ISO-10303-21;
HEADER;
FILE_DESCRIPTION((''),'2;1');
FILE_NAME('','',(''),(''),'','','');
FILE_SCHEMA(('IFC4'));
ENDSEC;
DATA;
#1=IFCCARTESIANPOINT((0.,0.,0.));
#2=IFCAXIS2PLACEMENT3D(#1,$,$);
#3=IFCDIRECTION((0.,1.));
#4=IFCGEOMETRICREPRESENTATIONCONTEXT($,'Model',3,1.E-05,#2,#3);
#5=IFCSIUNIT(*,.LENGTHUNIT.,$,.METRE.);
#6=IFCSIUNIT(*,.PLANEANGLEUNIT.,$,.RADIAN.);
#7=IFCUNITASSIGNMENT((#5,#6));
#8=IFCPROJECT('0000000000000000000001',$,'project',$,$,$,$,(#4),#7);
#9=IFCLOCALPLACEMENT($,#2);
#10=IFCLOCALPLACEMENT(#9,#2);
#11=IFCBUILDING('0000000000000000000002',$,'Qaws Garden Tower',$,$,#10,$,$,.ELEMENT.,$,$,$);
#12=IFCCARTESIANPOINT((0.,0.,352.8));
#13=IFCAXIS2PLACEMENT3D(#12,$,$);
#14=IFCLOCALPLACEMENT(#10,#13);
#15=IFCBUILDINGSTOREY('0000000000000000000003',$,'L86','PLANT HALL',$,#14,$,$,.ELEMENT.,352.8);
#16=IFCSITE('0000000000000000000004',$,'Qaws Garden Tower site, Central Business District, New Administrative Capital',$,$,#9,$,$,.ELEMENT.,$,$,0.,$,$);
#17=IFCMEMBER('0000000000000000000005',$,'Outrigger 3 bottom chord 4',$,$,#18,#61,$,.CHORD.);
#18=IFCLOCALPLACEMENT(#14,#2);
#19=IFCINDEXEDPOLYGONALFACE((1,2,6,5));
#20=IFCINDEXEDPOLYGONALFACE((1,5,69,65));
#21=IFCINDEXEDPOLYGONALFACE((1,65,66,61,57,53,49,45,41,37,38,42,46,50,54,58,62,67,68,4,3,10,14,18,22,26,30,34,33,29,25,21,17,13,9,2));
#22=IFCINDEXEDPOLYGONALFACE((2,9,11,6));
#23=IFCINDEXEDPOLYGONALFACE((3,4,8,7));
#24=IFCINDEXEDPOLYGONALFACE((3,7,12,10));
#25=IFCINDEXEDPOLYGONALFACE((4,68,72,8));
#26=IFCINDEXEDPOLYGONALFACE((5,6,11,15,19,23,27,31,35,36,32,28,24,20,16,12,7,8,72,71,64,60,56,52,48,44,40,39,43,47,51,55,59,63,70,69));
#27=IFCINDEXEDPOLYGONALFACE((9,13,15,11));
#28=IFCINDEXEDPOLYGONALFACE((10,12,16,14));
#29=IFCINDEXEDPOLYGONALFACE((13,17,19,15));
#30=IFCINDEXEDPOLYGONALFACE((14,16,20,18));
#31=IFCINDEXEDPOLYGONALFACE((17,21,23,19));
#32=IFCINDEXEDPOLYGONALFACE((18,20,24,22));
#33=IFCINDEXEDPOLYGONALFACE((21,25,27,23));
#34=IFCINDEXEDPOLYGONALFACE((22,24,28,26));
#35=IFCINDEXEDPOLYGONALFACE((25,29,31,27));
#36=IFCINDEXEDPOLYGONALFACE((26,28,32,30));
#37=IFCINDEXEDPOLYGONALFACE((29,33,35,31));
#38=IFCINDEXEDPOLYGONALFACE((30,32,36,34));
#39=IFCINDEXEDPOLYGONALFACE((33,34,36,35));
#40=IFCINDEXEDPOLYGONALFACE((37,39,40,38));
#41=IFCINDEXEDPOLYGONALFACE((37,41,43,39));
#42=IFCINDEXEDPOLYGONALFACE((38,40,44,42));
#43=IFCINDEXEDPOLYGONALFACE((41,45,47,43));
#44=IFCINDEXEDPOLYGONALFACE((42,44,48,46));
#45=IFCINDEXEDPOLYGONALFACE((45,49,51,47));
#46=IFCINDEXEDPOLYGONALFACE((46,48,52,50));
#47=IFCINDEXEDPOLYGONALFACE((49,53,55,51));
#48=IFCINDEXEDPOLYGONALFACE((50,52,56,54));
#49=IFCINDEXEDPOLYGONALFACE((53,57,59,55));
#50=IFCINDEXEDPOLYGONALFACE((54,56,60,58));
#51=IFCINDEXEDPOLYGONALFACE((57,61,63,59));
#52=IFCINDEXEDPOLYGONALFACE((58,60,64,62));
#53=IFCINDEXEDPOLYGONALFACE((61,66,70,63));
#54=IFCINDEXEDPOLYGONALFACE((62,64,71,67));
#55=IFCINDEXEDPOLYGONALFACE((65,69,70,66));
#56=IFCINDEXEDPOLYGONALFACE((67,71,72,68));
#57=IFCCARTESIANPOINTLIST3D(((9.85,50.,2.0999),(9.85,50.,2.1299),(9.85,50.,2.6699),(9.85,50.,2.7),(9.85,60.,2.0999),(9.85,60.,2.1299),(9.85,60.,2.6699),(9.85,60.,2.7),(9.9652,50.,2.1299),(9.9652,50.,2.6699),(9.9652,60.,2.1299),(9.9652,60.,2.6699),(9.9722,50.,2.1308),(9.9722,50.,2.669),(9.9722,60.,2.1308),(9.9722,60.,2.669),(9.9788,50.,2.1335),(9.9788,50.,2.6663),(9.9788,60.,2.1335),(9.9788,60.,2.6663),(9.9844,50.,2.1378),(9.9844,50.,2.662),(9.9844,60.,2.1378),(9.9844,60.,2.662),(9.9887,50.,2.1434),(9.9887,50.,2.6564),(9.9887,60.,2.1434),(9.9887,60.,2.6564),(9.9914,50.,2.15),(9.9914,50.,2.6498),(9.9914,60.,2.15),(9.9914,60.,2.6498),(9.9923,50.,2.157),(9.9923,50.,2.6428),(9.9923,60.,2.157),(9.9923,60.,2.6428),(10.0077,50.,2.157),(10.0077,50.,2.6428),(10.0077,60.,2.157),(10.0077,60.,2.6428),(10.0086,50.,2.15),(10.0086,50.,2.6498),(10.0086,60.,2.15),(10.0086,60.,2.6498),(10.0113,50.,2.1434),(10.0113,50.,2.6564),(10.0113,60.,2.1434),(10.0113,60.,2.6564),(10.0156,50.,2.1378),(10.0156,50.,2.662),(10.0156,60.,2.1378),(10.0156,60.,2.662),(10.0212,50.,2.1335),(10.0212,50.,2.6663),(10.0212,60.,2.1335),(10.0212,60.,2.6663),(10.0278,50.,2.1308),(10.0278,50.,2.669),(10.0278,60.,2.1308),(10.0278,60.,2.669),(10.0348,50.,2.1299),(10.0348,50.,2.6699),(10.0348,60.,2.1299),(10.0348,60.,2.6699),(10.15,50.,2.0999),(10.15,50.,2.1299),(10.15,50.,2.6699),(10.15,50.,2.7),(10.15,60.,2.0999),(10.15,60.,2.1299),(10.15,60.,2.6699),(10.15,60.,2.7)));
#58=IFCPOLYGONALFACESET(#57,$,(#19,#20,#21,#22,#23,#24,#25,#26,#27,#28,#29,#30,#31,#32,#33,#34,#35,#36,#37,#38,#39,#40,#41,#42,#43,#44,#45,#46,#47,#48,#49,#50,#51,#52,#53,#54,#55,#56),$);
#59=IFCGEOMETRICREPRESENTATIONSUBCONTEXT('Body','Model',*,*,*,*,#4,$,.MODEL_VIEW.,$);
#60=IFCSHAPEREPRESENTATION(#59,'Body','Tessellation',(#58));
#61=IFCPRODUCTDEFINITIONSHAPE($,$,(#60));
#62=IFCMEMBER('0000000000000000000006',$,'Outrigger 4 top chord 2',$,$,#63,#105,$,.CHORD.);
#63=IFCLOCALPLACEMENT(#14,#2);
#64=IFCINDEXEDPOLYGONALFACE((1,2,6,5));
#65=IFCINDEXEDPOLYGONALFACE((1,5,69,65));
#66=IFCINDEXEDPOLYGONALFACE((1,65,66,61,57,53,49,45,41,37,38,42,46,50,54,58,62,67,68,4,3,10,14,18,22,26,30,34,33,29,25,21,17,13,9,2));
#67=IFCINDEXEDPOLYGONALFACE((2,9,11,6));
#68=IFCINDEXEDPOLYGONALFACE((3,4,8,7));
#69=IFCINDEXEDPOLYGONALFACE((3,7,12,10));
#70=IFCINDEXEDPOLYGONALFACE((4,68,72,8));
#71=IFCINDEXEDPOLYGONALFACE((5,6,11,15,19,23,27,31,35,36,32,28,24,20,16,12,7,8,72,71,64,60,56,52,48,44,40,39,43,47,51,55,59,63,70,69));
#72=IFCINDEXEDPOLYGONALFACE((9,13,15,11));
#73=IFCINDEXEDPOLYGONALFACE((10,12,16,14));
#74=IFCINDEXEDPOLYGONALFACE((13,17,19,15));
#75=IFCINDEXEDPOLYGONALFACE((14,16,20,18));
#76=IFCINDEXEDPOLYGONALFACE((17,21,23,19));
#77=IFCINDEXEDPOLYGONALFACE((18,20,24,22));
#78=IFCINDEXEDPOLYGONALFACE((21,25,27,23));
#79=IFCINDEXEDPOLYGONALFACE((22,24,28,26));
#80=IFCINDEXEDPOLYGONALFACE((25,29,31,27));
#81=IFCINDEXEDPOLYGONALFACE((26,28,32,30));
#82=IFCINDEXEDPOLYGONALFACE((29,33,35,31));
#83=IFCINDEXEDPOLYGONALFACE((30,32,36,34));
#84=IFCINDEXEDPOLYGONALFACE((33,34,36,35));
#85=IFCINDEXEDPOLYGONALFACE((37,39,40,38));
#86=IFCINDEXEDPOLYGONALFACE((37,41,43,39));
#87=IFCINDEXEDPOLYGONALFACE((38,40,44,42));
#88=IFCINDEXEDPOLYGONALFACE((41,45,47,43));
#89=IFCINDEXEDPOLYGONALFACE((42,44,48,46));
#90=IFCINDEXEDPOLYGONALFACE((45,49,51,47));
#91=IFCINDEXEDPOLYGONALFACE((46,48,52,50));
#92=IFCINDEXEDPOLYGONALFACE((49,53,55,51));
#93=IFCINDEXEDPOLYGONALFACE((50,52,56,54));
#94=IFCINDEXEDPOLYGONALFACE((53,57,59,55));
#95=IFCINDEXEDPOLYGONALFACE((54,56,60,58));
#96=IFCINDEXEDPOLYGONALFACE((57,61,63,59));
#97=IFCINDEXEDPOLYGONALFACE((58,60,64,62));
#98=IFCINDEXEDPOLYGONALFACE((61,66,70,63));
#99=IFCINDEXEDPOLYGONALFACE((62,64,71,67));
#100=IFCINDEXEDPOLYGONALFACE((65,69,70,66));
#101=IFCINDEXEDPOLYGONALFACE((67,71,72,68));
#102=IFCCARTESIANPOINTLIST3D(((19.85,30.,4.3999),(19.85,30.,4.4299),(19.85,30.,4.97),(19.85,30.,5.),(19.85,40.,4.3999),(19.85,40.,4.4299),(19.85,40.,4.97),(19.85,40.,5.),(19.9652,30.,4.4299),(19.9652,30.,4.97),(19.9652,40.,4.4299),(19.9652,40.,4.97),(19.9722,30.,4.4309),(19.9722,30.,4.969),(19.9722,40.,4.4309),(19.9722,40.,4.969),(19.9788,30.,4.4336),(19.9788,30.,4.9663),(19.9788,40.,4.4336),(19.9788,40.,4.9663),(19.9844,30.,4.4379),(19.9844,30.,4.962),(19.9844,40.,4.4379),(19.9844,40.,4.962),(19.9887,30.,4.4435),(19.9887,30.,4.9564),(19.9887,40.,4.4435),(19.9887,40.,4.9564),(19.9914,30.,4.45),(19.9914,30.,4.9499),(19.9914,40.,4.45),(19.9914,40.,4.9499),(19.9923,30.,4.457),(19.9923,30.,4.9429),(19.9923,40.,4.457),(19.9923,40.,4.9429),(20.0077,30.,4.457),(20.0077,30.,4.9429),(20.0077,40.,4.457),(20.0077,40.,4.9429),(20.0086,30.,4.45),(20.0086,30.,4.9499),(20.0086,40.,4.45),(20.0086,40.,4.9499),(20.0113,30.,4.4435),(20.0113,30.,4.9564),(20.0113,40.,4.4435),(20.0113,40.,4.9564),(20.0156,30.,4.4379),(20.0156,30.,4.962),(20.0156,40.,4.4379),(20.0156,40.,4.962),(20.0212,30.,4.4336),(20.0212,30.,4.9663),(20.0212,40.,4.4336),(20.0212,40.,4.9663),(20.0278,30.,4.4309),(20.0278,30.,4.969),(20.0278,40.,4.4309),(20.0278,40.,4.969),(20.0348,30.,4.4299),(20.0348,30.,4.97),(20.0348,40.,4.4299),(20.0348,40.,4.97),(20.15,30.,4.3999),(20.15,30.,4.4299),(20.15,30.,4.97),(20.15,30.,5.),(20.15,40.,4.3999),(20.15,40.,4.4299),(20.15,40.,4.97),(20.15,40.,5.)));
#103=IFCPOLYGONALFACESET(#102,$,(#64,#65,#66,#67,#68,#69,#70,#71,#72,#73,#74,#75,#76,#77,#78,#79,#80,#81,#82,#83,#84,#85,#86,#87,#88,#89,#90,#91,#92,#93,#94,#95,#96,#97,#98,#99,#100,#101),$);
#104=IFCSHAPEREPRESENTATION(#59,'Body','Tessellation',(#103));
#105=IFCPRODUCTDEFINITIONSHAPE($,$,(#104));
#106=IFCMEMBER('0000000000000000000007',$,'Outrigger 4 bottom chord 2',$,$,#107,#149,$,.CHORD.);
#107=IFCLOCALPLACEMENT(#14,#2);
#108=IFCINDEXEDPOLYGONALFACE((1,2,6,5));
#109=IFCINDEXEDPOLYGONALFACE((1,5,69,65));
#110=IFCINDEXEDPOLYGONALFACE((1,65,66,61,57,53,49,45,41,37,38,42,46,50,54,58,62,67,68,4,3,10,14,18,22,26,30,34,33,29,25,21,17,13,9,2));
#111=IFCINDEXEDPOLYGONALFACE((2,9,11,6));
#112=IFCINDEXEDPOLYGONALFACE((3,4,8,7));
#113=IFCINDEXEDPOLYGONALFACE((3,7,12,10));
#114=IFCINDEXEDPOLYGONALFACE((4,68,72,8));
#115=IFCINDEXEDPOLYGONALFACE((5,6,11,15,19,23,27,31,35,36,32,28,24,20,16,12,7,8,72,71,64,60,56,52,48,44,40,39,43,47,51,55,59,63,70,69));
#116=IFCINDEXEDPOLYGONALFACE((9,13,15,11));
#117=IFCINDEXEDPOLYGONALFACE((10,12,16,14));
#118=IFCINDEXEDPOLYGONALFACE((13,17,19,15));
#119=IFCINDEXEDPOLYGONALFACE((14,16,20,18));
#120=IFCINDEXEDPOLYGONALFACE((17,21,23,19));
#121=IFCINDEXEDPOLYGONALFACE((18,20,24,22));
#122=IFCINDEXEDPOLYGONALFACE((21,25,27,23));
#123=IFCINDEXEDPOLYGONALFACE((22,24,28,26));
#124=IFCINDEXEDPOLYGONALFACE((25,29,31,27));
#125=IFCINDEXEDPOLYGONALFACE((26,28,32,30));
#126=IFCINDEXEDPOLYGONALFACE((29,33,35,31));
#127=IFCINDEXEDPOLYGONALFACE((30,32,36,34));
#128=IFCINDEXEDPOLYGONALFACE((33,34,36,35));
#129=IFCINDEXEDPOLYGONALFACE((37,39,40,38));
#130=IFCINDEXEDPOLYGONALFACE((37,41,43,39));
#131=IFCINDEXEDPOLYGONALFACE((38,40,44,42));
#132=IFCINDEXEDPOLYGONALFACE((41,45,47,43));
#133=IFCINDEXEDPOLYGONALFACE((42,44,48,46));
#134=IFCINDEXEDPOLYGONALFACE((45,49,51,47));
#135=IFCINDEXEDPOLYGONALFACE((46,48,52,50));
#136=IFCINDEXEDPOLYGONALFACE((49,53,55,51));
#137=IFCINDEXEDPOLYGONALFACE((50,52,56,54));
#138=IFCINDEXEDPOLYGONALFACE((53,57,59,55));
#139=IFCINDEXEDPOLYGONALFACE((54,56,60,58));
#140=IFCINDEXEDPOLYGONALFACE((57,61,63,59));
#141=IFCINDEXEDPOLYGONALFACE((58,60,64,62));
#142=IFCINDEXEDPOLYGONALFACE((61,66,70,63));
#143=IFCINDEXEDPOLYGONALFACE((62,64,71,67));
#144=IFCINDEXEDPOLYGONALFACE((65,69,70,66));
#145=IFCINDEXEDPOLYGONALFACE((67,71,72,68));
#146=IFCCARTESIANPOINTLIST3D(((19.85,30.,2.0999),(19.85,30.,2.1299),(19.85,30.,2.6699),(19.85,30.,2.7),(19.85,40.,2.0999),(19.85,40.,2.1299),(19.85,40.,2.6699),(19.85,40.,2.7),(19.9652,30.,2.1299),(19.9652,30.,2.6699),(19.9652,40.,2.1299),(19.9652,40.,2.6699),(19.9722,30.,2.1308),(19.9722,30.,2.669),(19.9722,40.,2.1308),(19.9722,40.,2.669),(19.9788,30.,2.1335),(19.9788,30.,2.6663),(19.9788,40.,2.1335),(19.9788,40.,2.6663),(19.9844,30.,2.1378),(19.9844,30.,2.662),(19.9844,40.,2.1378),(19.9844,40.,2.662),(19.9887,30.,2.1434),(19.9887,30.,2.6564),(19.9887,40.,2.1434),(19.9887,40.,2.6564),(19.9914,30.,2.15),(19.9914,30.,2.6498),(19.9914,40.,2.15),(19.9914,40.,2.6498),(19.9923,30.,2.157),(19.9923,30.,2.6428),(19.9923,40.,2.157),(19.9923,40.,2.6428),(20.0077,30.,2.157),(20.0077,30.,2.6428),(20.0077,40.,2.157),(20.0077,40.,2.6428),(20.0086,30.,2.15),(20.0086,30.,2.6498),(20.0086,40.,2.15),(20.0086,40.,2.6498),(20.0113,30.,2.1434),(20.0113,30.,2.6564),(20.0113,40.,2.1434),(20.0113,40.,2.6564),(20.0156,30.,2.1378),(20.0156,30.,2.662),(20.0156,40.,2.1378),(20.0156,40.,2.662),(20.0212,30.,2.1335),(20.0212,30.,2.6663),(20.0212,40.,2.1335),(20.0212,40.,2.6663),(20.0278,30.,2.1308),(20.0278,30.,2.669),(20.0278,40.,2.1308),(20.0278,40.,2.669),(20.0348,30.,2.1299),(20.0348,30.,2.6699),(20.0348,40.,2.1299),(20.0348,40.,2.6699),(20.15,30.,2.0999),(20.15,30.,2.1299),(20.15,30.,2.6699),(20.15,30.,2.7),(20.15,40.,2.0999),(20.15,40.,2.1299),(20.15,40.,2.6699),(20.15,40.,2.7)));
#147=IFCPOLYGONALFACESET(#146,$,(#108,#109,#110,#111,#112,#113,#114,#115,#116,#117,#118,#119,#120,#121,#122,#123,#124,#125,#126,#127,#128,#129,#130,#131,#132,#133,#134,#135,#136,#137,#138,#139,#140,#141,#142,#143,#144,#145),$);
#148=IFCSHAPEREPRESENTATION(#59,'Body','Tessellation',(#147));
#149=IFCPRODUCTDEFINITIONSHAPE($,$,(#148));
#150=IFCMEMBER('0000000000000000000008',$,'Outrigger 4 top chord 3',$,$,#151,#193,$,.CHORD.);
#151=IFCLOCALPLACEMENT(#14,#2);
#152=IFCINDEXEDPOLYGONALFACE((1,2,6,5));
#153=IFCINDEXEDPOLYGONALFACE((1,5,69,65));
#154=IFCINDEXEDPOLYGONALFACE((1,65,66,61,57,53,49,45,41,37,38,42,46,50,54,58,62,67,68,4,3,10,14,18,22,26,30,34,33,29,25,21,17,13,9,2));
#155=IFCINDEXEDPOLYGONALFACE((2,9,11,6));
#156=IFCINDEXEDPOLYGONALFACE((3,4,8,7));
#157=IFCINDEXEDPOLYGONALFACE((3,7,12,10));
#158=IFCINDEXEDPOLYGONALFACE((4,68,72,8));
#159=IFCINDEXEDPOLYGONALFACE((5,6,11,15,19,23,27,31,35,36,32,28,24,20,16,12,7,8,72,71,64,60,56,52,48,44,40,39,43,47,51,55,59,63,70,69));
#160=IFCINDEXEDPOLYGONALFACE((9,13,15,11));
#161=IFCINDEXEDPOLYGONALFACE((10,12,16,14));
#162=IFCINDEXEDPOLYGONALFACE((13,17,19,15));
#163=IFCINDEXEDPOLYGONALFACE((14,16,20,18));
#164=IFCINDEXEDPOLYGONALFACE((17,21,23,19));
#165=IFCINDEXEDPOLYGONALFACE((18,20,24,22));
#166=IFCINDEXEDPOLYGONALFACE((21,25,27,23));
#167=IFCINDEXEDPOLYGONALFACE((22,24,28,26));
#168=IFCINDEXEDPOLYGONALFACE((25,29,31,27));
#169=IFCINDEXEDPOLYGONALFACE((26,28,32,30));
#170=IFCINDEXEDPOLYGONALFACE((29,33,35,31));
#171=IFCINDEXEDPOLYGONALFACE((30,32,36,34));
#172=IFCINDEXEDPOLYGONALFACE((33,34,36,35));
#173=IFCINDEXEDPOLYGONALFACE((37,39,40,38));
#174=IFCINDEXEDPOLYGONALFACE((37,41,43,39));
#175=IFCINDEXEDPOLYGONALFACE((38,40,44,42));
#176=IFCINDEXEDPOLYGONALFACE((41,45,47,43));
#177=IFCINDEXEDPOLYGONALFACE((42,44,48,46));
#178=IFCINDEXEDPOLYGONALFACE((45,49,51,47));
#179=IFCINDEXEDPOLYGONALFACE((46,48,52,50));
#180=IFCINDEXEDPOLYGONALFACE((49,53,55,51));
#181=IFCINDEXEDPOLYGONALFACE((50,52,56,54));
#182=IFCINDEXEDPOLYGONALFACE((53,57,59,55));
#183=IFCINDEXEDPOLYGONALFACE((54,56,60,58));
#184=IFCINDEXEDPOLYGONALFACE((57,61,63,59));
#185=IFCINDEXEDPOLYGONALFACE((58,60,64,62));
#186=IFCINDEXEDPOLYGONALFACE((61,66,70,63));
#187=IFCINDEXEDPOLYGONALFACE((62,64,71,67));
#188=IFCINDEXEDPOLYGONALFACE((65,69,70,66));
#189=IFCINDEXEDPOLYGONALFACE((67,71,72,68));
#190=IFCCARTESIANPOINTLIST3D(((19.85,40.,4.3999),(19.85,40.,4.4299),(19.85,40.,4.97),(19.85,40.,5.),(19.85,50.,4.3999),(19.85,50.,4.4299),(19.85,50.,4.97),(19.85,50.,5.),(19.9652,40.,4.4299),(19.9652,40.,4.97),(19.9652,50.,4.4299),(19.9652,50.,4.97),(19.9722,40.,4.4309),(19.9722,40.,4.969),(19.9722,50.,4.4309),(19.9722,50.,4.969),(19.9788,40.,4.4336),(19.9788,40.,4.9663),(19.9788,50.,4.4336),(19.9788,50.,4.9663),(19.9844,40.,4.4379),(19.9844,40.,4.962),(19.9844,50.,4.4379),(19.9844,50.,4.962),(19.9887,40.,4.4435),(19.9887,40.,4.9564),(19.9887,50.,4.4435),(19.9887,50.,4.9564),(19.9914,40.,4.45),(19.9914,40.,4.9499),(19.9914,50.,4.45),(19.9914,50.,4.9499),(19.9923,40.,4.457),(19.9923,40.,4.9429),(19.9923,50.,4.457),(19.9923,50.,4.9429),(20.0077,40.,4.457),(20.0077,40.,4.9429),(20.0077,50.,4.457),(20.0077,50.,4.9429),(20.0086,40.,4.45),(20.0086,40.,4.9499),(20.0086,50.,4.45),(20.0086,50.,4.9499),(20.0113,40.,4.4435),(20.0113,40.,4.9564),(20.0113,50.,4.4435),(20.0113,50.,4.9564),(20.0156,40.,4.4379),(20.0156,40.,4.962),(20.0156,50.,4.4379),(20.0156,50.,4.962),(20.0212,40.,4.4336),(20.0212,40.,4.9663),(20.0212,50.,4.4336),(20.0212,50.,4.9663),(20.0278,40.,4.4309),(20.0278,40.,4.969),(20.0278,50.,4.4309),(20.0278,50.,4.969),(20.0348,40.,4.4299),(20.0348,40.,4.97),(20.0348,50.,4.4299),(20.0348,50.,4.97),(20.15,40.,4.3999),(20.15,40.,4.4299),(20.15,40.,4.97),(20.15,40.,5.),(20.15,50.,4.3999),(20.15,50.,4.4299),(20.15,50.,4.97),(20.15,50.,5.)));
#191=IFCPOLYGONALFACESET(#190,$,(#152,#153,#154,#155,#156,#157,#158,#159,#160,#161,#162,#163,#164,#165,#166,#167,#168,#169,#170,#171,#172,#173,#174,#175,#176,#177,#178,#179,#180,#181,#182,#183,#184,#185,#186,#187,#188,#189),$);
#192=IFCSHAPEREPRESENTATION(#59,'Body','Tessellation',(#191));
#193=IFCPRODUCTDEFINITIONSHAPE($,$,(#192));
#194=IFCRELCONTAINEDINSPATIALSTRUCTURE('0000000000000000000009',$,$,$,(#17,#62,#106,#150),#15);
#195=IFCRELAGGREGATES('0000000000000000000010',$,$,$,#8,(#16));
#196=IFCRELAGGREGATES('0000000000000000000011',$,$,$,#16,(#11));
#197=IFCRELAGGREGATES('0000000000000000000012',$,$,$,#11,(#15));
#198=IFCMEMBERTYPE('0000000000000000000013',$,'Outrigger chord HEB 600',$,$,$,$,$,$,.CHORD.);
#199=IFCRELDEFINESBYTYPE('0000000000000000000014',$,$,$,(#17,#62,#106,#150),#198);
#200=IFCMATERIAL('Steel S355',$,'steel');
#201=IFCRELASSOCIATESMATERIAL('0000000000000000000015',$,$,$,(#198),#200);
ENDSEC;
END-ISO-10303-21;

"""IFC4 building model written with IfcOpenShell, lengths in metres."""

from ifc_helpers import new_model, si_unit, direction, frame, origin, origin_2d, place, context, subcontext, project, spatial, i_section, extrude, material, material_profile, profile_set, type_object, element, save


model = new_model("IFC4")

# Units and contexts
model_context = context("Model", 3, precision=1e-05, world=origin(), true_north=direction((0.0, 1.0)))
body_context = subcontext(model_context, "Body", "Model", "MODEL_VIEW")
ifc_project = project(units=[si_unit("LENGTHUNIT", "METRE"), si_unit("PLANEANGLEUNIT", "RADIAN")], contexts=[model_context])

# Site, building, storey
site_placement = place(None, origin())
site = spatial("IfcSite", under=ifc_project, at=site_placement, Name="Qaws Garden Tower site, Central Business District, New Administrative Capital", CompositionType="ELEMENT", RefElevation=0.0)
building_placement = place(site_placement, origin())
building = spatial("IfcBuilding", under=site, at=building_placement, Name="Qaws Garden Tower", CompositionType="ELEMENT")
storey_placement = place(building_placement, frame((0.0, 0.0, 352.8)))
storey = spatial("IfcBuildingStorey", under=building, at=storey_placement, Name="L86", Description="PLANT HALL", CompositionType="ELEMENT", Elevation=352.8)

# Members
ifc_material_1 = material(Name="Steel S355", Category="steel")
ifc_material_profile_1 = material_profile(ifc_material_1, i_section(OverallWidth=0.3, OverallDepth=0.6001, WebThickness=0.0154, FlangeThickness=0.03, FilletRadius=0.0271, at=origin_2d()), Name="HEB 600")
ifc_profile_set_1 = profile_set([ifc_material_profile_1], Name="Steel S355")
member_type_1 = type_object("IfcMemberType", Name="Outrigger chord HEB 600", PredefinedType="CHORD", material=ifc_profile_set_1)
for number, where, z_axis, x_axis, name in (
    (1, (10.0, 50.0, 2.3999), (0.0, 1.0, 0.0), (-1.0, 0.0, 0.0), "Outrigger 3 bottom chord 4"),
    (2, (20.0, 30.0, 4.7), (0.0, 1.0, 0.0), (-1.0, 0.0, 0.0), "Outrigger 4 top chord 2"),
    (3, (20.0, 30.0, 2.3999), (0.0, 1.0, 0.0), (-1.0, 0.0, 0.0), "Outrigger 4 bottom chord 2"),
    (4, (20.0, 40.0, 4.7), (0.0, 1.0, 0.0), (-1.0, 0.0, 0.0), "Outrigger 4 top chord 3"),
):
    element("IfcMember", number, at=place(storey_placement, frame(where, z_axis=z_axis, x_axis=x_axis)), inside=storey, type_object=member_type_1, Name=name, PredefinedType="CHORD", context=body_context, shape_type="SweptSolid", body=[
        extrude(i_section(OverallWidth=0.3, OverallDepth=0.6001, WebThickness=0.0154, FlangeThickness=0.03, FilletRadius=0.0271, at=origin_2d()), origin(), (0.0, 0.0, 1.0), 10.0),
    ])

save(model, "model.ifc")
